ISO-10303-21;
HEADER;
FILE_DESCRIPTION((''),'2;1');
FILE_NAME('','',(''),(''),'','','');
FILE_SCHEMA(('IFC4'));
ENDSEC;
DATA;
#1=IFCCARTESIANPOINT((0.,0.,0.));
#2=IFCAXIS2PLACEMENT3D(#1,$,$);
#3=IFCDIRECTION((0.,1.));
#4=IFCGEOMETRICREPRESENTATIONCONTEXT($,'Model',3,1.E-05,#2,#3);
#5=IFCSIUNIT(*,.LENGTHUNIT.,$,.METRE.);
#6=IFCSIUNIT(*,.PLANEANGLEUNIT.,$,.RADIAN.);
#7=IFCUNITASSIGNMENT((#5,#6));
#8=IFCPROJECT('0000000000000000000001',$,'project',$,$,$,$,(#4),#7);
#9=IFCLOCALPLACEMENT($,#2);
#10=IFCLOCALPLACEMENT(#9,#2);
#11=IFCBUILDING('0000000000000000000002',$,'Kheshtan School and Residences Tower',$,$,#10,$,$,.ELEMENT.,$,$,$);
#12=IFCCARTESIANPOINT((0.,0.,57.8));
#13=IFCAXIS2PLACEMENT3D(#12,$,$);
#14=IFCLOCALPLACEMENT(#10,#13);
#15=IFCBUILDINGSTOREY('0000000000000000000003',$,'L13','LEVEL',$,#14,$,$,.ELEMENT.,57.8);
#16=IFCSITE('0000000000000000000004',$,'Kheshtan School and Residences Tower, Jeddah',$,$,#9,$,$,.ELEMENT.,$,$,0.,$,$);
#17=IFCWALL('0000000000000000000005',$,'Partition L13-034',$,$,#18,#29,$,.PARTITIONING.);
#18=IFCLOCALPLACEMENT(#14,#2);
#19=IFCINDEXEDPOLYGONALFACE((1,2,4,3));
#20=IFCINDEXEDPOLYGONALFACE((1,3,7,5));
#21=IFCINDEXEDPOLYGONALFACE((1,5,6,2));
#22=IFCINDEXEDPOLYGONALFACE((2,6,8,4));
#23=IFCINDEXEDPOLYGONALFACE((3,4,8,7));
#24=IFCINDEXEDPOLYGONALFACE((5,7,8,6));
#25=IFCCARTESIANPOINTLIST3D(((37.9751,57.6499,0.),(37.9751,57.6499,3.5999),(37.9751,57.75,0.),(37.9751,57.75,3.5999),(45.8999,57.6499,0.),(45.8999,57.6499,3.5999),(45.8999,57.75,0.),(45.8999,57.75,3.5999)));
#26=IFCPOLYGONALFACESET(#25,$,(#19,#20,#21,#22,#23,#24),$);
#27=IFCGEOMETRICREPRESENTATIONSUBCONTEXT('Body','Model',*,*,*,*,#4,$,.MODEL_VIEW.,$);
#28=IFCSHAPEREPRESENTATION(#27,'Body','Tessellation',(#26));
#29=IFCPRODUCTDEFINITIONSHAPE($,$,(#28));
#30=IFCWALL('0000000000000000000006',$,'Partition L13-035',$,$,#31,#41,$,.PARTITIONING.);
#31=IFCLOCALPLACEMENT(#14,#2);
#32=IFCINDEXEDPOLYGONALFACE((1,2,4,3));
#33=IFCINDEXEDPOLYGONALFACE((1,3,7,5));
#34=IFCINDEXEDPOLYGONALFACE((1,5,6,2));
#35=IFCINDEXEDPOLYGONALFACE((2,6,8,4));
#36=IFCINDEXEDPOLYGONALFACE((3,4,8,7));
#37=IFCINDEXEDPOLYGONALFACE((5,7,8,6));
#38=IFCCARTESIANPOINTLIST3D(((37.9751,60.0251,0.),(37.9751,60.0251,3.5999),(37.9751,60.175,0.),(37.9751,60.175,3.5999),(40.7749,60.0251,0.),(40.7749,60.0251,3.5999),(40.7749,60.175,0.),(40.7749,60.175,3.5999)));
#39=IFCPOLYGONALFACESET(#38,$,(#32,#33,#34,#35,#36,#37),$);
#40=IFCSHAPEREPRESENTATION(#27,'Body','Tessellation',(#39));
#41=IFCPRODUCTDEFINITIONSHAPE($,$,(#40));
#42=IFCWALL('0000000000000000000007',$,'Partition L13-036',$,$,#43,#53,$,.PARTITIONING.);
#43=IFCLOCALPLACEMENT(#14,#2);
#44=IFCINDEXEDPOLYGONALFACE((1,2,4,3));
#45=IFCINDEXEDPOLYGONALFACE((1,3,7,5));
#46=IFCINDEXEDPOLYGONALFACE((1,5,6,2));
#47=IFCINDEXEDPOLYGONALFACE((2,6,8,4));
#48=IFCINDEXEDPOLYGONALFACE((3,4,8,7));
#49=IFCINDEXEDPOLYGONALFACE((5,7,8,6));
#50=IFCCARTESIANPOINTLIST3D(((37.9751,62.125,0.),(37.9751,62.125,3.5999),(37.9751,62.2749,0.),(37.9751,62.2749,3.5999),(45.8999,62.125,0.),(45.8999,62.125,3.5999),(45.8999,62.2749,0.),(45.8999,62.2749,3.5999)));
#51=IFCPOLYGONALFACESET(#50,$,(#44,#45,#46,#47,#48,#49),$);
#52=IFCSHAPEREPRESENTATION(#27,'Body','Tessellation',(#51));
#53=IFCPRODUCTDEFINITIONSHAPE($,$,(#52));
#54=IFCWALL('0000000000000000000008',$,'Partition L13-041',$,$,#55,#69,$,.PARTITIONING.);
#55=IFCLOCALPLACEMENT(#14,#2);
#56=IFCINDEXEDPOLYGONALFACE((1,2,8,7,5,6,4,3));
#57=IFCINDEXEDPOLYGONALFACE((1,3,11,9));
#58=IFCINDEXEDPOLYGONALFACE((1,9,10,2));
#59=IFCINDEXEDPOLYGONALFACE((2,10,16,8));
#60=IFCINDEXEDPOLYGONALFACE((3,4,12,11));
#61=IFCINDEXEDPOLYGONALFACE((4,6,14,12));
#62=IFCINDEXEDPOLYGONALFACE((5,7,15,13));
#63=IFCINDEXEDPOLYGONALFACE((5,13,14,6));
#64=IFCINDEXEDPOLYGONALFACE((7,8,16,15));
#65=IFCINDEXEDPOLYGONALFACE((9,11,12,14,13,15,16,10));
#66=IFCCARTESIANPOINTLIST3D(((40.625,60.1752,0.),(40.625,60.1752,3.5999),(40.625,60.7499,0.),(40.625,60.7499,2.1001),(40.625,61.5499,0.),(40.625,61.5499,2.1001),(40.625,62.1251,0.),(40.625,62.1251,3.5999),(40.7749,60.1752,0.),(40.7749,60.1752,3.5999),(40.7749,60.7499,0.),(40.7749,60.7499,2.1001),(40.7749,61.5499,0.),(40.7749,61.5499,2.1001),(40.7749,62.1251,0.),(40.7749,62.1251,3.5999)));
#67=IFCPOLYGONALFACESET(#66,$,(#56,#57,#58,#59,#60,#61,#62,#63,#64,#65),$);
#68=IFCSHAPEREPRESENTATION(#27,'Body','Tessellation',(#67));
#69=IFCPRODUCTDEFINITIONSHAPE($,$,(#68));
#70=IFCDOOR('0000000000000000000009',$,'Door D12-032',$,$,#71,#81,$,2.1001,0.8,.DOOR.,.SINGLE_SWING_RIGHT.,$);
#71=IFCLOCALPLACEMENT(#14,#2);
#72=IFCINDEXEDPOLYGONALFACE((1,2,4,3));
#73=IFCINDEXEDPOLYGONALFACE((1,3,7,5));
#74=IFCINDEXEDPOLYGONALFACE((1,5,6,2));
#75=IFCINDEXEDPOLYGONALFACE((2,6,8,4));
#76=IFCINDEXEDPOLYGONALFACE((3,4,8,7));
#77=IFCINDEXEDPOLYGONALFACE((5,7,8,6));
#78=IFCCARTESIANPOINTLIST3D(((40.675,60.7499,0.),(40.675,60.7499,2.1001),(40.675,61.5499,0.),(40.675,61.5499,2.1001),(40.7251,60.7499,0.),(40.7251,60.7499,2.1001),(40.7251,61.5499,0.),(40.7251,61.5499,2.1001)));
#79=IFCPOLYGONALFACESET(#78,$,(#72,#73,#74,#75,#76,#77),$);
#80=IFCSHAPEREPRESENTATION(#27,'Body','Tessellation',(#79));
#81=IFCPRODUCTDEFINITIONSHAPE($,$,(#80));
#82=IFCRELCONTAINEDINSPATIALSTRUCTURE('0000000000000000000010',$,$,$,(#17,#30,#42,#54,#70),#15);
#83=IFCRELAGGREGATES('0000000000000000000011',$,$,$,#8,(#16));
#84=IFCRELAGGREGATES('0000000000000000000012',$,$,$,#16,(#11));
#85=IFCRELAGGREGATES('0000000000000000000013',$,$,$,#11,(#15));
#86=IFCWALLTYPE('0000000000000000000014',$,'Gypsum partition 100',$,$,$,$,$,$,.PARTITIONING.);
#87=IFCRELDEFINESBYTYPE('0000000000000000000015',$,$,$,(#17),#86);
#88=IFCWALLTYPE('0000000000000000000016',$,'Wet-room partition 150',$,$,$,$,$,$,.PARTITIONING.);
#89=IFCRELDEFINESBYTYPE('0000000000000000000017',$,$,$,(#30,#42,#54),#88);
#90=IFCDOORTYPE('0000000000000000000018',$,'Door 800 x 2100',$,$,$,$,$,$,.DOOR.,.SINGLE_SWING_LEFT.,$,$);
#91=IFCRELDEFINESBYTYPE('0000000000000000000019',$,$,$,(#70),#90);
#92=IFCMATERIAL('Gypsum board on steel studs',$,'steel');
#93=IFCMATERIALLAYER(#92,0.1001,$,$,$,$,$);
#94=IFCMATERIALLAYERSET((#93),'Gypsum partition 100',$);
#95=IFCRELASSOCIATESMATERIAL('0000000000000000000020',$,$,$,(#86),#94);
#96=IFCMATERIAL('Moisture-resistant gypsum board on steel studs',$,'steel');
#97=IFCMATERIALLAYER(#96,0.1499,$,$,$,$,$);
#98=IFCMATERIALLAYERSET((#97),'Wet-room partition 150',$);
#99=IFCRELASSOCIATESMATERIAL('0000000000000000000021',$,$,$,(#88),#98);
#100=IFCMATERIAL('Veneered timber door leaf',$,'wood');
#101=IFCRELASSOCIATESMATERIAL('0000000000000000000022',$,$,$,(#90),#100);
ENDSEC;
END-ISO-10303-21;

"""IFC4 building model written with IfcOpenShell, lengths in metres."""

from ifc_helpers import new_model, si_unit, direction, frame, frame_2d, origin, place, context, subcontext, project, spatial, rectangle, extrude, source, transform, mapped, material, layer, layer_set, type_object, element, fill, save


model = new_model("IFC4")

# Units and contexts
model_context = context("Model", 3, precision=1e-05, world=origin(), true_north=direction((0.0, 1.0)))
body_context = subcontext(model_context, "Body", "Model", "MODEL_VIEW")
ifc_project = project(units=[si_unit("LENGTHUNIT", "METRE"), si_unit("PLANEANGLEUNIT", "RADIAN")], contexts=[model_context])

# Site, building, storey
site_placement = place(None, origin())
site = spatial("IfcSite", under=ifc_project, at=site_placement, Name="Kheshtan School and Residences Tower, Jeddah", CompositionType="ELEMENT", RefElevation=0.0)
building_placement = place(site_placement, origin())
building = spatial("IfcBuilding", under=site, at=building_placement, Name="Kheshtan School and Residences Tower", CompositionType="ELEMENT")
storey_placement = place(building_placement, frame((0.0, 0.0, 57.8)))
storey = spatial("IfcBuildingStorey", under=building, at=storey_placement, Name="L13", Description="LEVEL", CompositionType="ELEMENT", Elevation=57.8)

# Walls
ifc_material_1 = material(Name="Gypsum board on steel studs", Category="steel")
ifc_layer_1 = layer(ifc_material_1, 0.1001)
ifc_layer_set_1 = layer_set([ifc_layer_1], Name="Gypsum partition 100")
wall_type_1 = type_object("IfcWallType", Name="Gypsum partition 100", PredefinedType="PARTITIONING", material=ifc_layer_set_1)
wall_1_placement = place(storey_placement, frame((37.9751, 57.7, 0.0), z_axis=(0.0, 0.0, 1.0), x_axis=(1.0, 0.0, 0.0)))
element("IfcWall", 1, at=wall_1_placement, inside=storey, type_object=wall_type_1, Name="Partition L13-034", PredefinedType="PARTITIONING", context=body_context, shape_type="SweptSolid", body=[
    extrude(rectangle(XDim=7.9248, YDim=0.1001, at=frame_2d((3.9624, 0.0))), origin(), (0.0, 0.0, 1.0), 3.5999),
])
ifc_material_2 = material(Name="Moisture-resistant gypsum board on steel studs", Category="steel")
ifc_layer_2 = layer(ifc_material_2, 0.1499)
ifc_layer_set_2 = layer_set([ifc_layer_2], Name="Wet-room partition 150")
wall_type_2 = type_object("IfcWallType", Name="Wet-room partition 150", PredefinedType="PARTITIONING", material=ifc_layer_set_2)
wall_2_placement = place(storey_placement, frame((37.9751, 60.1001, 0.0), z_axis=(0.0, 0.0, 1.0), x_axis=(1.0, 0.0, 0.0)))
element("IfcWall", 2, at=wall_2_placement, inside=storey, type_object=wall_type_2, Name="Partition L13-035", PredefinedType="PARTITIONING", context=body_context, shape_type="SweptSolid", body=[
    extrude(rectangle(XDim=2.7998, YDim=0.1499, at=frame_2d((1.3999, 0.0))), origin(), (0.0, 0.0, 1.0), 3.5999),
])
wall_3_placement = place(storey_placement, frame((37.9751, 62.2, 0.0), z_axis=(0.0, 0.0, 1.0), x_axis=(1.0, 0.0, 0.0)))
element("IfcWall", 3, at=wall_3_placement, inside=storey, type_object=wall_type_2, Name="Partition L13-036", PredefinedType="PARTITIONING", context=body_context, shape_type="SweptSolid", body=[
    extrude(rectangle(XDim=7.9248, YDim=0.1499, at=frame_2d((3.9624, 0.0))), origin(), (0.0, 0.0, 1.0), 3.5999),
])

# Wall, opening, door
wall_4_placement = place(storey_placement, frame((40.7, 60.175, 0.0), z_axis=(0.0, 0.0, 1.0), x_axis=(0.0, 1.0, 0.0)))
wall_4 = element("IfcWall", 4, at=wall_4_placement, inside=storey, type_object=wall_type_2, Name="Partition L13-041", PredefinedType="PARTITIONING", context=body_context, shape_type="SweptSolid", body=[
    extrude(rectangle(XDim=1.95, YDim=0.1499, at=frame_2d((0.9751, 0.0))), origin(), (0.0, 0.0, 1.0), 3.5999),
])
opening_placement = place(wall_4_placement, frame((0.575, 0.0, 0.0)))
opening = element("IfcOpeningElement", 5, at=opening_placement, cuts=wall_4, PredefinedType="OPENING", context=body_context, shape_type="SweptSolid", body=[
    extrude(rectangle(XDim=0.8, YDim=2.1001, at=frame_2d((0.3999, 1.05))), frame((0.0, 0.085, 0.0), z_axis=(0.0, -1.0, 0.0), x_axis=(1.0, 0.0, 0.0)), (0.0, 0.0, 1.0), 0.1699),
])
ifc_material_3 = material(Name="Veneered timber door leaf", Category="wood")
door_type = type_object("IfcDoorType", Name="Door 800 x 2100", OperationType="SINGLE_SWING_LEFT", PredefinedType="DOOR", material=ifc_material_3)
shared_shape = source(origin(), body_context, "Body", "SweptSolid", [
    extrude(rectangle(XDim=0.8, YDim=2.1001, at=frame_2d((0.3999, 1.05))), frame((0.0, 0.0249, 0.0), z_axis=(0.0, -1.0, 0.0), x_axis=(1.0, 0.0, 0.0)), (0.0, 0.0, 1.0), 0.05),
])
door_placement = place(opening_placement, origin())
door = element("IfcDoor", 6, at=door_placement, inside=storey, type_object=door_type, Name="Door D12-032", OperationType="SINGLE_SWING_RIGHT", OverallHeight=2.1001, OverallWidth=0.8, PredefinedType="DOOR", context=body_context, shape_type="MappedRepresentation", body=[
    mapped(shared_shape, transform((0.0, 0.0, 0.0), x_axis=(1.0, 0.0, 0.0), y_axis=(0.0, 1.0, 0.0), z_axis=(0.0, 0.0, 1.0), scale=1.0)),
])
fill(opening, door)

save(model, "model.ifc")
